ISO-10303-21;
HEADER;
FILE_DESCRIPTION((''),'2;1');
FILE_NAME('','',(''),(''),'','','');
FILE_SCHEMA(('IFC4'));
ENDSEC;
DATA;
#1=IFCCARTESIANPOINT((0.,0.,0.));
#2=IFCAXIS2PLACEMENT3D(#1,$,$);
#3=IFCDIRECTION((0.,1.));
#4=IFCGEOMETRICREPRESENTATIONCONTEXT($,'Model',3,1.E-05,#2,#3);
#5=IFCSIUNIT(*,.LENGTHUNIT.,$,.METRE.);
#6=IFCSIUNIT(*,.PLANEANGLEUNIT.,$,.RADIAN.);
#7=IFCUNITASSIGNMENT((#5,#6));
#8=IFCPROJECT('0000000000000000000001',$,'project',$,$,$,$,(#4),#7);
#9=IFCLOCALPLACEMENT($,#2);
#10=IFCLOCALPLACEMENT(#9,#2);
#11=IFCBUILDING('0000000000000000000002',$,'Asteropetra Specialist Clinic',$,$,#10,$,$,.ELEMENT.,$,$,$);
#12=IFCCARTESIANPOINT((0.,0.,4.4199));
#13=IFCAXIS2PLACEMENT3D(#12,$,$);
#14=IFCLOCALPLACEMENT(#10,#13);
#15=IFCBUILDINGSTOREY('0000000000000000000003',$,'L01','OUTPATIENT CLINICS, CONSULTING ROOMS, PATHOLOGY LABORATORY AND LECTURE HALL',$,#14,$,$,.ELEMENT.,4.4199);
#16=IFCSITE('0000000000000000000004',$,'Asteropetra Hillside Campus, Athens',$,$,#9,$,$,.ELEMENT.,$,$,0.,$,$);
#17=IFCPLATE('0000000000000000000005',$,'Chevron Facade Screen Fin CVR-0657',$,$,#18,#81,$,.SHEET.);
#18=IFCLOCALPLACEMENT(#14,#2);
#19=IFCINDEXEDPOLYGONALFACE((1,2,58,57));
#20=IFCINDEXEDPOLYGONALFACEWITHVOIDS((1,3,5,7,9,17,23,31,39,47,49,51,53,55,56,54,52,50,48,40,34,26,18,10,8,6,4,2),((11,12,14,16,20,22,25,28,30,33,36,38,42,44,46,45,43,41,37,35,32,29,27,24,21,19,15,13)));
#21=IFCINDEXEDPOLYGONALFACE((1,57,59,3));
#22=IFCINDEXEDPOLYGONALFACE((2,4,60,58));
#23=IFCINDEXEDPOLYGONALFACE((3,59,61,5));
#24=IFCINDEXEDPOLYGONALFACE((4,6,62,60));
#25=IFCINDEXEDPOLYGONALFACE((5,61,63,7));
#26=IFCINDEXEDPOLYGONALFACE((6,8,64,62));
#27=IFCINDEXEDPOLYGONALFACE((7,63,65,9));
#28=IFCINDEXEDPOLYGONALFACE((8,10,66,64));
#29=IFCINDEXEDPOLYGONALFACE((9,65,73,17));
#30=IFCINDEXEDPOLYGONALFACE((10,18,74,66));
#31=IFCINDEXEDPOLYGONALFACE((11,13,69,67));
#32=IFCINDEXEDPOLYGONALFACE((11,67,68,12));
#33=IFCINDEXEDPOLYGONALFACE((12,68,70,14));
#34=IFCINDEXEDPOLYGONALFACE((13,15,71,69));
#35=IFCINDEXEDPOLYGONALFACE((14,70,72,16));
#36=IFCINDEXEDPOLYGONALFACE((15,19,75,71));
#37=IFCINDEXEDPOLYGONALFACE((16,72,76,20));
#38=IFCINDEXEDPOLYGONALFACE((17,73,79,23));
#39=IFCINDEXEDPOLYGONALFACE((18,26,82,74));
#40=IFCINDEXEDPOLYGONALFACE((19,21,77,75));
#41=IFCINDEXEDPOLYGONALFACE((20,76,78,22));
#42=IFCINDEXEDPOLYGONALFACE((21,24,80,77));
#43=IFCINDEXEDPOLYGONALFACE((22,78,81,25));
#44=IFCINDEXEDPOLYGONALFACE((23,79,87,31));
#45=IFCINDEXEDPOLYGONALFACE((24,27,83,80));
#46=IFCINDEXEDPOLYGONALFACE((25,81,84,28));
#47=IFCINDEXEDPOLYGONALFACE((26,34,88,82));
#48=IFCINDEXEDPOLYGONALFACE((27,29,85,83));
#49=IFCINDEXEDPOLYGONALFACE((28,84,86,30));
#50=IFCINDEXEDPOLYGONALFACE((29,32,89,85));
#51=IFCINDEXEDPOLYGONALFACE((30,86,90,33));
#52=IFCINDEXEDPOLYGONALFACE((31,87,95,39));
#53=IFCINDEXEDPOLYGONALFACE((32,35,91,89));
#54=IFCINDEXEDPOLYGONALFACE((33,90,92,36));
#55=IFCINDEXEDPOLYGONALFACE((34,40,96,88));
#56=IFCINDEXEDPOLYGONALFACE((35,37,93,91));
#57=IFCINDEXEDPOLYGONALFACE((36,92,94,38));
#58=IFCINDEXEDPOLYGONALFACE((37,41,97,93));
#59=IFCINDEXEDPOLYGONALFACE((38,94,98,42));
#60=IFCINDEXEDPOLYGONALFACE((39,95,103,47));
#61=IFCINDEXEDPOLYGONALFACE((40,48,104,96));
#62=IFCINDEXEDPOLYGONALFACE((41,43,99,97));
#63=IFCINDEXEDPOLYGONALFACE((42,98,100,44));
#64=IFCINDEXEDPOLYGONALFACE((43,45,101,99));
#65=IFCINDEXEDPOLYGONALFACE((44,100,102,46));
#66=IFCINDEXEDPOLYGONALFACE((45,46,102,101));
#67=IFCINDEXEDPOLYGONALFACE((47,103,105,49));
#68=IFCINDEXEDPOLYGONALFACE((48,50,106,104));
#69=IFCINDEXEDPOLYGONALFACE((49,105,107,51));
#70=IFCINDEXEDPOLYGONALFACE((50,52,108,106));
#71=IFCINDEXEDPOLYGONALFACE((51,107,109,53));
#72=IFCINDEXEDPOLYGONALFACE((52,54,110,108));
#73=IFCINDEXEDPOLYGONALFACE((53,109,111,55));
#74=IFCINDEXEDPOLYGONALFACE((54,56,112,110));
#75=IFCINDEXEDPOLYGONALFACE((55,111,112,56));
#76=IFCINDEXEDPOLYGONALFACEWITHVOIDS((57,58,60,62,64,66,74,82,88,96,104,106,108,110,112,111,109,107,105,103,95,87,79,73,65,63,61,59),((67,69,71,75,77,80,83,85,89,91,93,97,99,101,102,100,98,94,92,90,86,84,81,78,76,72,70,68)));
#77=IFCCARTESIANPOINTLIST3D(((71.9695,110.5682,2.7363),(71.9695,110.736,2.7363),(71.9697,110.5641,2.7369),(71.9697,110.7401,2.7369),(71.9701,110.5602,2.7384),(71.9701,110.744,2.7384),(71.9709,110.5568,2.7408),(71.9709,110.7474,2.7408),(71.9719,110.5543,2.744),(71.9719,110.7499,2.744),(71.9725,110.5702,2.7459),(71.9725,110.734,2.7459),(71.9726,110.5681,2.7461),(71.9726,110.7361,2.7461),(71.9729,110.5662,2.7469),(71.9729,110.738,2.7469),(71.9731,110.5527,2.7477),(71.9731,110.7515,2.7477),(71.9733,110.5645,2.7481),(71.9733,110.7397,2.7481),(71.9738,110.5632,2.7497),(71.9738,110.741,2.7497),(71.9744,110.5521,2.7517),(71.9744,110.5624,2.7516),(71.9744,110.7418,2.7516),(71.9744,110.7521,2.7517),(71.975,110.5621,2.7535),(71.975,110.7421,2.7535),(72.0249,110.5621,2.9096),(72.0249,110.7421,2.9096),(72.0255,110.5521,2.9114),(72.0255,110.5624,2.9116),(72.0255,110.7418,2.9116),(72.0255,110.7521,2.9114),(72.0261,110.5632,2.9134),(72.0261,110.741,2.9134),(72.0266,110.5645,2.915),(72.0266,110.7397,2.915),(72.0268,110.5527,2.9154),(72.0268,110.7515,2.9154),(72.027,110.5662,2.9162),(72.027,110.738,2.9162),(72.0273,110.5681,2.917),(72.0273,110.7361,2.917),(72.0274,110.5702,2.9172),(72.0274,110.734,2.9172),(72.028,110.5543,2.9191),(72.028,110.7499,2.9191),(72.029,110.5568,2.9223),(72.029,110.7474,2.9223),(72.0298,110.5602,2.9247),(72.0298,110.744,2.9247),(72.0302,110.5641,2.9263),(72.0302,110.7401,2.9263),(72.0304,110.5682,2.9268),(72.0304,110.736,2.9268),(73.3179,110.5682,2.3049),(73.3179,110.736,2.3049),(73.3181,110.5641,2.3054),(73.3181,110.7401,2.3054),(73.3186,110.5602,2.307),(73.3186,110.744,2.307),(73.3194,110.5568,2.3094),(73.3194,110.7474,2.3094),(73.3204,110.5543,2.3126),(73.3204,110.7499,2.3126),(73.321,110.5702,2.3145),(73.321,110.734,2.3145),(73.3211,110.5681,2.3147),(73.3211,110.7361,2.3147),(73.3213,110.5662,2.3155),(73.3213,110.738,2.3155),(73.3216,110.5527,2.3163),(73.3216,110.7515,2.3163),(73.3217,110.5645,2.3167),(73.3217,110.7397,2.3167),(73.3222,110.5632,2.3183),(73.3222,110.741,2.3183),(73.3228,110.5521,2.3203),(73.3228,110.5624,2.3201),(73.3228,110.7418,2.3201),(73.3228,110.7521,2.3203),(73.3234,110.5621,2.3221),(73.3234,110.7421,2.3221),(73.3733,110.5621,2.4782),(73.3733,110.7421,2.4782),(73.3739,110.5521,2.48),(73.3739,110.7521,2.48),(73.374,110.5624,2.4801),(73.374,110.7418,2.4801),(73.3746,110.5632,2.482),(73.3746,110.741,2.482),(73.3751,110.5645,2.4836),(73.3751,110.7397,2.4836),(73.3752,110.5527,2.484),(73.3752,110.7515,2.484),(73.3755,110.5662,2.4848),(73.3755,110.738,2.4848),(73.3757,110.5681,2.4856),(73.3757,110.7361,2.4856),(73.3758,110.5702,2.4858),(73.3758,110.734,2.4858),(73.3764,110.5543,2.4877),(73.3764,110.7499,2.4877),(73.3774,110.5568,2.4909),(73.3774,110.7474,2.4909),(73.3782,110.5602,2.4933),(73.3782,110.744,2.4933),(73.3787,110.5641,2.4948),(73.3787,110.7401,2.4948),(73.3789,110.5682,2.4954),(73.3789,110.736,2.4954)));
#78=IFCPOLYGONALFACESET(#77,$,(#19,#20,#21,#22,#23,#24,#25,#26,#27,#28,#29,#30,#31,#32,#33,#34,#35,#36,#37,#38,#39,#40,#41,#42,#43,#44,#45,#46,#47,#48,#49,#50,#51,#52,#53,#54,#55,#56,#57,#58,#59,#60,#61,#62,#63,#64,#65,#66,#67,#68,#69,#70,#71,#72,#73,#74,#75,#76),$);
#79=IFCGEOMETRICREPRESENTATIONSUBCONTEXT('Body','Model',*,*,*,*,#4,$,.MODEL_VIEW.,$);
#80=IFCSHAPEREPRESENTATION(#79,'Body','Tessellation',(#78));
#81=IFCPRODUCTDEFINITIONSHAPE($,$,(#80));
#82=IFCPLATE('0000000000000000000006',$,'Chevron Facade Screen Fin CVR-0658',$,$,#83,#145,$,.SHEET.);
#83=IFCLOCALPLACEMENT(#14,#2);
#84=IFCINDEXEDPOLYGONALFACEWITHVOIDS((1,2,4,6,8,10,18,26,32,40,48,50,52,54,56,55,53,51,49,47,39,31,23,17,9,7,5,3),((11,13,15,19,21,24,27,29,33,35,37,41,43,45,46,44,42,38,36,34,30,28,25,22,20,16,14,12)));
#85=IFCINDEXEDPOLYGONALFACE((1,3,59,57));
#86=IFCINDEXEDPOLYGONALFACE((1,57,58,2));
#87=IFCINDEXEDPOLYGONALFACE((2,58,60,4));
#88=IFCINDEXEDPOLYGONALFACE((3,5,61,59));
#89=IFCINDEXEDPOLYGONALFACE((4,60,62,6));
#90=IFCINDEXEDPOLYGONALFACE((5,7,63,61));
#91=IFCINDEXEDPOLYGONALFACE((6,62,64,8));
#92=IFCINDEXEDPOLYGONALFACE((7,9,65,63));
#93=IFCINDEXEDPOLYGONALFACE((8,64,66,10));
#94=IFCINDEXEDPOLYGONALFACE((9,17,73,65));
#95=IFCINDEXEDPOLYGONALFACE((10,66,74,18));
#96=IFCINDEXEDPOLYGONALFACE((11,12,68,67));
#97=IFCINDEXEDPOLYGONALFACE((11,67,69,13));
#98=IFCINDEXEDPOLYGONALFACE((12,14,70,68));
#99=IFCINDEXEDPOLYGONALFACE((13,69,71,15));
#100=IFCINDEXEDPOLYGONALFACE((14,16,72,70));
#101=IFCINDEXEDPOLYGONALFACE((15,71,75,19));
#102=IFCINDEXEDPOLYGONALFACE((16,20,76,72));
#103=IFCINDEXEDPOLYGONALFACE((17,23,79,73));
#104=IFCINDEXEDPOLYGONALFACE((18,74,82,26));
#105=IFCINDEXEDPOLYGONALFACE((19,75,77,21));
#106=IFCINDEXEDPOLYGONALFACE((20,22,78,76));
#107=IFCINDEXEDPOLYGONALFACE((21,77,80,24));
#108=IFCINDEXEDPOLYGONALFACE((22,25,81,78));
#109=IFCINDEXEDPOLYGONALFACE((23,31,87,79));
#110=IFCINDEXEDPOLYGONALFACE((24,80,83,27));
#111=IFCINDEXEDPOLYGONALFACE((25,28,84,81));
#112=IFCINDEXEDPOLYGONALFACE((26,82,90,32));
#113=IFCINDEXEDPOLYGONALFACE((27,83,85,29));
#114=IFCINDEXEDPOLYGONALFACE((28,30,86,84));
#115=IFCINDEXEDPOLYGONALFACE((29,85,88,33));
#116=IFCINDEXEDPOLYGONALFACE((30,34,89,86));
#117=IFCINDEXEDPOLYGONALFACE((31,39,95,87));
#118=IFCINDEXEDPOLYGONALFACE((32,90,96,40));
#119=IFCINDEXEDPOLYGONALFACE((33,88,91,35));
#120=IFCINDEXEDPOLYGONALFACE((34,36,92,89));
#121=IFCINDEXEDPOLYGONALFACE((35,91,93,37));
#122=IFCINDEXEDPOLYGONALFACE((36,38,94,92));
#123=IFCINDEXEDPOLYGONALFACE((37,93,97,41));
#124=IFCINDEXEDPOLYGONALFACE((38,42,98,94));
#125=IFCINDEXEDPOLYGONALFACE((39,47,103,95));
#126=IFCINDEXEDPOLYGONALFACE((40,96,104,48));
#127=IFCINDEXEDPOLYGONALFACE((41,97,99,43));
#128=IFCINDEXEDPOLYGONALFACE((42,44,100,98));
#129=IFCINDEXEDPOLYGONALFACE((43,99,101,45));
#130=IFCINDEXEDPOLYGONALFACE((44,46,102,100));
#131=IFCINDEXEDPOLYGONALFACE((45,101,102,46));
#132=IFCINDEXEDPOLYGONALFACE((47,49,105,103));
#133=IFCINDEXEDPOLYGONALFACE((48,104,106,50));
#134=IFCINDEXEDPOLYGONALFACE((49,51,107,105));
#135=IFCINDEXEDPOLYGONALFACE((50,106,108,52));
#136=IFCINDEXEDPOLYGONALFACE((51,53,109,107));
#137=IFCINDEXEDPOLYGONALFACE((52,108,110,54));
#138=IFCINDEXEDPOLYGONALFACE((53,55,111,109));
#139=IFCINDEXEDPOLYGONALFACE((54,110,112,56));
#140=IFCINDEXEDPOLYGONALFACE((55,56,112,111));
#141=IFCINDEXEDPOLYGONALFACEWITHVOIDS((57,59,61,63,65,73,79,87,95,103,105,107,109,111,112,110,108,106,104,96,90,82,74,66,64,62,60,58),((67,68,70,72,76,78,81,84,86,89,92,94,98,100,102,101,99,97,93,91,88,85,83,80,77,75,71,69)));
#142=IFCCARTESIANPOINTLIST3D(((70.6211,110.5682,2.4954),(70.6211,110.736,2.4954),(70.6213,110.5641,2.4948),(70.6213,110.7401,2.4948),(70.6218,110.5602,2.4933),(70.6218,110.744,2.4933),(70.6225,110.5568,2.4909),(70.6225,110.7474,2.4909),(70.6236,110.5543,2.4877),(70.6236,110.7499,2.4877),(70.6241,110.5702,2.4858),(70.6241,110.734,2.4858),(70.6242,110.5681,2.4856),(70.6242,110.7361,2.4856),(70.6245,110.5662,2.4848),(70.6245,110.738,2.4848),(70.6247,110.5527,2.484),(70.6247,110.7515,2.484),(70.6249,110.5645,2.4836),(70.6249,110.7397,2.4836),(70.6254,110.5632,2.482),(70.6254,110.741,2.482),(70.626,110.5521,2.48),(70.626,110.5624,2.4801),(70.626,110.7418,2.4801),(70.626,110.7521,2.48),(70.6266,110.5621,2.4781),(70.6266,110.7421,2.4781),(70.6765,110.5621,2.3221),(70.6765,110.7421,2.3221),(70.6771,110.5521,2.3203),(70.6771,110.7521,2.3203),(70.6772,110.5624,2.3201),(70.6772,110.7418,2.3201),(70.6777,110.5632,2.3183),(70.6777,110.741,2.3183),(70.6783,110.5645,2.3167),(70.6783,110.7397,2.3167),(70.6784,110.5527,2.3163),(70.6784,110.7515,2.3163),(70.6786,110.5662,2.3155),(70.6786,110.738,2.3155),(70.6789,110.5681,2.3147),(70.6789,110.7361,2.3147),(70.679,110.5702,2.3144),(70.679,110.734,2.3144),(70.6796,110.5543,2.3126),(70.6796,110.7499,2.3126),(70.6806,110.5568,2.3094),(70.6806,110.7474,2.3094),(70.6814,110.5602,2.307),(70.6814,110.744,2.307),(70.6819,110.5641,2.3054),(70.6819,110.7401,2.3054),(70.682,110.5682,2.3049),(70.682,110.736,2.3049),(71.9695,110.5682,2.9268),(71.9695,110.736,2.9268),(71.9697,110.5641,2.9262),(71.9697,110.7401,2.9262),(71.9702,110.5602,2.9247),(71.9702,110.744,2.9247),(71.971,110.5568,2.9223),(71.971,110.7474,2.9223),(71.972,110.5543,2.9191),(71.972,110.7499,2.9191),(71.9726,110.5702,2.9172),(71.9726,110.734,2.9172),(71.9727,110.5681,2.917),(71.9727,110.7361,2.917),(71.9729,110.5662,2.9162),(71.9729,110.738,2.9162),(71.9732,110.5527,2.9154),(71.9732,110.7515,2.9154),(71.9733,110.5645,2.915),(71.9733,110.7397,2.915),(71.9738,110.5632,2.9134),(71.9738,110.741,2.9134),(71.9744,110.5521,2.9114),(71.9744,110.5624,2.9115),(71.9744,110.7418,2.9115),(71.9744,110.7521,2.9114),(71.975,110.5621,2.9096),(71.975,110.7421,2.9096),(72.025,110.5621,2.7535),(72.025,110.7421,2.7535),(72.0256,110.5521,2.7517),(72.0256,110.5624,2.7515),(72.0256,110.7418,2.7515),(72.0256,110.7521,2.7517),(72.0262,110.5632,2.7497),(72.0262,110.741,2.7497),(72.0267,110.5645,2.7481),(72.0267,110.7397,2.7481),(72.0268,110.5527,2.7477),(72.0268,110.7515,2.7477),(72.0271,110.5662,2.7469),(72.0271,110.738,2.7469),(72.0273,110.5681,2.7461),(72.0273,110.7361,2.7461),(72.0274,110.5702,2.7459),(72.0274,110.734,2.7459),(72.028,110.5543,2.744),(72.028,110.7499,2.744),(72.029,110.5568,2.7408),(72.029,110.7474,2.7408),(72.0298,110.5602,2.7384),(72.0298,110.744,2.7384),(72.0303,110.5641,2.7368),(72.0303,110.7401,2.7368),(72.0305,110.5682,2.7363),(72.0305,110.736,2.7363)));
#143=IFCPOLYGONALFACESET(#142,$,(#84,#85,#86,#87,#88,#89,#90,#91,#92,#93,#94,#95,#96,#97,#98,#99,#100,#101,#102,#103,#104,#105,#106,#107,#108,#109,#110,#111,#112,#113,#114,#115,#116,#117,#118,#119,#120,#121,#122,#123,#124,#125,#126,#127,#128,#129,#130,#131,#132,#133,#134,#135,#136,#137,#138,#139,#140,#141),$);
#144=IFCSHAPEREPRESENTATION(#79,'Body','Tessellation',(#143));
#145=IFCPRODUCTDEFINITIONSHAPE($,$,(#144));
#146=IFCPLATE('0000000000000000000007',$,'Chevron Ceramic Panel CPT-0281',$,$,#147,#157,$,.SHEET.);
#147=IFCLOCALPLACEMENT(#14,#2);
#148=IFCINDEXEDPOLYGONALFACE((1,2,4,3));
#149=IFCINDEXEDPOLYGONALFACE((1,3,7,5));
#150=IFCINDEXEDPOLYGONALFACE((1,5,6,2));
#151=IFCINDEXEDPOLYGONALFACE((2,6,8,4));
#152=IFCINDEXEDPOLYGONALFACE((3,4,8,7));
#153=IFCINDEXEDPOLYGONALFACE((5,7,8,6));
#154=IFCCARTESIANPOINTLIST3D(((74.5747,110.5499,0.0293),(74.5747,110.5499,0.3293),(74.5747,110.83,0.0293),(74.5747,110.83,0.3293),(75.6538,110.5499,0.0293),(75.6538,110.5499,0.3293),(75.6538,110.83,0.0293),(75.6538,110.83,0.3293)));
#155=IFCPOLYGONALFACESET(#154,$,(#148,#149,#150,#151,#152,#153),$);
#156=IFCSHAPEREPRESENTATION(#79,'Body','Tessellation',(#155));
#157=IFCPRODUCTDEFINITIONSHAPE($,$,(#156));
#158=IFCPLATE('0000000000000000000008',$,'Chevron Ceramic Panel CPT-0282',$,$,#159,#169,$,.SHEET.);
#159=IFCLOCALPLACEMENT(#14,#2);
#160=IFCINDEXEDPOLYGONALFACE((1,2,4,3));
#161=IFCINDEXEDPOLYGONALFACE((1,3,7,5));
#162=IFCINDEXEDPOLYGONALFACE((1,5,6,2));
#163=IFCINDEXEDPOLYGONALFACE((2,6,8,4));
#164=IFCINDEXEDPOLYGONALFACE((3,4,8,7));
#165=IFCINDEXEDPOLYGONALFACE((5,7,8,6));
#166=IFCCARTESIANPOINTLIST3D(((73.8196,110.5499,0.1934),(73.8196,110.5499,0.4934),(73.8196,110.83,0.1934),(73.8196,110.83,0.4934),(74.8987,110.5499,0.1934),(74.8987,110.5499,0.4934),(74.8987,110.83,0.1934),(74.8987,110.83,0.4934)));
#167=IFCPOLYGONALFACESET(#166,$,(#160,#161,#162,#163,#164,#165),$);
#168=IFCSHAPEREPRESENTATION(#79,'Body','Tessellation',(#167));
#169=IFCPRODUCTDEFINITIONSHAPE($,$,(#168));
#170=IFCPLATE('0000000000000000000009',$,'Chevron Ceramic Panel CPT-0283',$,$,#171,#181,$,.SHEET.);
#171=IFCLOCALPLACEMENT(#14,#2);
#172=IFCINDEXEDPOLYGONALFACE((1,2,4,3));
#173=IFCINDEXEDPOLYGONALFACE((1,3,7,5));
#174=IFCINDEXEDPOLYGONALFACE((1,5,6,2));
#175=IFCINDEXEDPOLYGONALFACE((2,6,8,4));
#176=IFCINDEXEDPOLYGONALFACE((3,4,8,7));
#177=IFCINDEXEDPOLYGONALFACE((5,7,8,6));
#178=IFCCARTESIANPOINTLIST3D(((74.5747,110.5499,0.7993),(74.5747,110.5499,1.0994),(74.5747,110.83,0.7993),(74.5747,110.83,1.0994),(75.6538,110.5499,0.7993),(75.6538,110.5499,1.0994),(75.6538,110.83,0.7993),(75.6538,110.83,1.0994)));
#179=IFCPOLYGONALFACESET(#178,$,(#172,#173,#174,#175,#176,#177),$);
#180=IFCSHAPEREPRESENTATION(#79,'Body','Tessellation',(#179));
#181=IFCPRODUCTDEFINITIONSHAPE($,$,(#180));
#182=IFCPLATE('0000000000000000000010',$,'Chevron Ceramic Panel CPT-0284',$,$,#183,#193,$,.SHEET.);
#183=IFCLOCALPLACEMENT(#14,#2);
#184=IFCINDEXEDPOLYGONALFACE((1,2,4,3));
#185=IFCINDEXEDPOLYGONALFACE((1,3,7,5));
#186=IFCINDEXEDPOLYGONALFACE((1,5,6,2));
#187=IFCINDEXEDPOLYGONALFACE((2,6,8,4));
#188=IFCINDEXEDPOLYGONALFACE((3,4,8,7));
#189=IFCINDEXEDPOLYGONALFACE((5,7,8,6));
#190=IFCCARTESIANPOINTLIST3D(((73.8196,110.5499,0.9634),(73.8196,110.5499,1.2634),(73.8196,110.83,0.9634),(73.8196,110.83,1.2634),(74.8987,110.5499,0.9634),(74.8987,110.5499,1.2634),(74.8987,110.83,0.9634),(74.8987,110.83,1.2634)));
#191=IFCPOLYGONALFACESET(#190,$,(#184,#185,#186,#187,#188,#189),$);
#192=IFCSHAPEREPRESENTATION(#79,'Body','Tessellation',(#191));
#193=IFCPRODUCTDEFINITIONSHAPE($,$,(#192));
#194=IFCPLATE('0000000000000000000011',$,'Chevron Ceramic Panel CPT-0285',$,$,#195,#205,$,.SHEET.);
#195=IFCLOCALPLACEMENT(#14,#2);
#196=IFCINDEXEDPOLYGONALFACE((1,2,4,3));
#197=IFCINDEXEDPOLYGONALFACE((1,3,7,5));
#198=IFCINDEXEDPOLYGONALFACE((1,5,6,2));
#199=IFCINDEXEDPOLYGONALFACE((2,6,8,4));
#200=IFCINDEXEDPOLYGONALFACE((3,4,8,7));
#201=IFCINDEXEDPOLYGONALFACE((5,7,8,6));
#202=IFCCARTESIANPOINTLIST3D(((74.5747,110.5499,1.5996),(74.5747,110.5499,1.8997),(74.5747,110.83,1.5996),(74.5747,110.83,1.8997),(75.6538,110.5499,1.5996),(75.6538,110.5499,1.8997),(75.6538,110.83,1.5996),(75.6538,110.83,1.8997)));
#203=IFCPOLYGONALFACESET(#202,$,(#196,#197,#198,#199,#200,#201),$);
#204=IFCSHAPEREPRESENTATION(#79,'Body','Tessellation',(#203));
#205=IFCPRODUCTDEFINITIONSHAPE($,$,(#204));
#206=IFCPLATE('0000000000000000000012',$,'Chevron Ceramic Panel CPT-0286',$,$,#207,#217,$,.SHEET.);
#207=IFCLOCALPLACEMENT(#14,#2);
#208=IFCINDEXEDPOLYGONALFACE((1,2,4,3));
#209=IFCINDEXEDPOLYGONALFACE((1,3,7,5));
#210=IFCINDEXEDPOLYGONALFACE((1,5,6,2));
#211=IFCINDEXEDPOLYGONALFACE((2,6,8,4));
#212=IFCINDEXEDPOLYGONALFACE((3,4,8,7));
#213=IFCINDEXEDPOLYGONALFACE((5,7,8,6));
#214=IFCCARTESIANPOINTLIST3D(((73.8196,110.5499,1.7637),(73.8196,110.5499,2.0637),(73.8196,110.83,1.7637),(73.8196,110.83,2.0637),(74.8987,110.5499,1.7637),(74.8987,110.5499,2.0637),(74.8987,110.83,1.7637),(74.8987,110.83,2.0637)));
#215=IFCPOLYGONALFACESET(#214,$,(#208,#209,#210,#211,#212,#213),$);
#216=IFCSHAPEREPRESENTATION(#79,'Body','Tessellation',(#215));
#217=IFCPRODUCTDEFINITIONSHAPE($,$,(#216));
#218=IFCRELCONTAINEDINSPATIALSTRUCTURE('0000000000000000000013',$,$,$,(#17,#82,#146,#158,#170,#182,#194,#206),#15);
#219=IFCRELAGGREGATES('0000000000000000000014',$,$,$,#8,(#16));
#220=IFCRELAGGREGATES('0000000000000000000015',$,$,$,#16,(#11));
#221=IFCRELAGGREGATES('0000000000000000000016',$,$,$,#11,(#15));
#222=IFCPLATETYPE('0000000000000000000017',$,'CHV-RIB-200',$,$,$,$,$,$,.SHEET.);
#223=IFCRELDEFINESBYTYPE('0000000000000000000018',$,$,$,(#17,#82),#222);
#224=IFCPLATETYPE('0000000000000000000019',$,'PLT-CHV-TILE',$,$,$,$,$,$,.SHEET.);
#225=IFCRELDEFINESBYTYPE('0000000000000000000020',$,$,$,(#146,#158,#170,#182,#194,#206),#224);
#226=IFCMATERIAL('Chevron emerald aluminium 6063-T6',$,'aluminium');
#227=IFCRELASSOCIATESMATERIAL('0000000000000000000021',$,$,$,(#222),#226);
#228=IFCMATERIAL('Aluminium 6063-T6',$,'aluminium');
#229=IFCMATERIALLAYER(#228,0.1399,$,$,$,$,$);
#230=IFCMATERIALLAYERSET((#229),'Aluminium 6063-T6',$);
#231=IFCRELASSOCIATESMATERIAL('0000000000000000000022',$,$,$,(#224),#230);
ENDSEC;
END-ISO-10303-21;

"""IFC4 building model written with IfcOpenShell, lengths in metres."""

from ifc_helpers import new_model, si_unit, direction, frame, origin, origin_2d, place, context, subcontext, project, spatial, rectangle, hollow_rectangle, extrude, material, layer, layer_set, material_profile, profile_set, type_object, element, save


model = new_model("IFC4")

# Units and contexts
model_context = context("Model", 3, precision=1e-05, world=origin(), true_north=direction((0.0, 1.0)))
body_context = subcontext(model_context, "Body", "Model", "MODEL_VIEW")
ifc_project = project(units=[si_unit("LENGTHUNIT", "METRE"), si_unit("PLANEANGLEUNIT", "RADIAN")], contexts=[model_context])

# Site, building, storey
site_placement = place(None, origin())
site = spatial("IfcSite", under=ifc_project, at=site_placement, Name="Asteropetra Hillside Campus, Athens", CompositionType="ELEMENT", RefElevation=0.0)
building_placement = place(site_placement, origin())
building = spatial("IfcBuilding", under=site, at=building_placement, Name="Asteropetra Specialist Clinic", CompositionType="ELEMENT")
storey_placement = place(building_placement, frame((0.0, 0.0, 4.4199)))
storey = spatial("IfcBuildingStorey", under=building, at=storey_placement, Name="L01", Description="OUTPATIENT CLINICS, CONSULTING ROOMS, PATHOLOGY LABORATORY AND LECTURE HALL", CompositionType="ELEMENT", Elevation=4.4199)

# Plates
ifc_material_1 = material(Name="Chevron emerald aluminium 6063-T6", Category="aluminium")
ifc_material_profile_1 = material_profile(ifc_material_1, hollow_rectangle(XDim=0.2, YDim=0.2, WallThickness=0.01, InnerFilletRadius=0.0081, OuterFilletRadius=0.0161, at=origin_2d()), Name="SHS 200x200x10.0")
ifc_profile_set_1 = profile_set([ifc_material_profile_1], Name="Chevron emerald aluminium 6063-T6")
plate_type_1 = type_object("IfcPlateType", Name="CHV-RIB-200", PredefinedType="SHEET", material=ifc_profile_set_1)
for number, where, z_axis, x_axis, name in (
    (1, (73.3484, 110.6521, 2.4001), (-0.952442, 0.0, 0.304719), (0.0, -1.0, 0.0), "Chevron Facade Screen Fin CVR-0657"),
    (2, (72.0, 110.6521, 2.8315), (-0.952442, 0.0, -0.304719), (0.0, -1.0, 0.0), "Chevron Facade Screen Fin CVR-0658"),
):
    element("IfcPlate", number, at=place(storey_placement, frame(where, z_axis=z_axis, x_axis=x_axis)), inside=storey, type_object=plate_type_1, Name=name, PredefinedType="SHEET", context=body_context, shape_type="SweptSolid", body=[
        extrude(hollow_rectangle(XDim=0.2, YDim=0.2, WallThickness=0.01, InnerFilletRadius=0.0081, OuterFilletRadius=0.0161, at=origin_2d()), origin(), (0.0, 0.0, 1.0), 1.4158),
    ])
ifc_material_2 = material(Name="Aluminium 6063-T6", Category="aluminium")
ifc_layer_1 = layer(ifc_material_2, 0.1399)
ifc_layer_set_1 = layer_set([ifc_layer_1], Name="Aluminium 6063-T6")
plate_type_2 = type_object("IfcPlateType", Name="PLT-CHV-TILE", PredefinedType="SHEET", material=ifc_layer_set_1)
for number, where, z_axis, x_axis, name in (
    (3, (75.1143, 110.6899, 0.0293), (0.0, 0.0, 1.0), (1.0, 0.0, 0.0), "Chevron Ceramic Panel CPT-0281"),
    (4, (74.3591, 110.6899, 0.1934), (0.0, 0.0, 1.0), (1.0, 0.0, 0.0), "Chevron Ceramic Panel CPT-0282"),
    (5, (75.1143, 110.6899, 0.7993), (0.0, 0.0, 1.0), (1.0, 0.0, 0.0), "Chevron Ceramic Panel CPT-0283"),
    (6, (74.3591, 110.6899, 0.9634), (0.0, 0.0, 1.0), (1.0, 0.0, 0.0), "Chevron Ceramic Panel CPT-0284"),
    (7, (75.1143, 110.6899, 1.5996), (0.0, 0.0, 1.0), (1.0, 0.0, 0.0), "Chevron Ceramic Panel CPT-0285"),
    (8, (74.3591, 110.6899, 1.7637), (0.0, 0.0, 1.0), (1.0, 0.0, 0.0), "Chevron Ceramic Panel CPT-0286"),
):
    element("IfcPlate", number, at=place(storey_placement, frame(where, z_axis=z_axis, x_axis=x_axis)), inside=storey, type_object=plate_type_2, Name=name, PredefinedType="SHEET", context=body_context, shape_type="SweptSolid", body=[
        extrude(rectangle(XDim=1.0791, YDim=0.28, at=origin_2d()), origin(), (0.0, 0.0, 1.0), 0.3),
    ])

save(model, "model.ifc")
